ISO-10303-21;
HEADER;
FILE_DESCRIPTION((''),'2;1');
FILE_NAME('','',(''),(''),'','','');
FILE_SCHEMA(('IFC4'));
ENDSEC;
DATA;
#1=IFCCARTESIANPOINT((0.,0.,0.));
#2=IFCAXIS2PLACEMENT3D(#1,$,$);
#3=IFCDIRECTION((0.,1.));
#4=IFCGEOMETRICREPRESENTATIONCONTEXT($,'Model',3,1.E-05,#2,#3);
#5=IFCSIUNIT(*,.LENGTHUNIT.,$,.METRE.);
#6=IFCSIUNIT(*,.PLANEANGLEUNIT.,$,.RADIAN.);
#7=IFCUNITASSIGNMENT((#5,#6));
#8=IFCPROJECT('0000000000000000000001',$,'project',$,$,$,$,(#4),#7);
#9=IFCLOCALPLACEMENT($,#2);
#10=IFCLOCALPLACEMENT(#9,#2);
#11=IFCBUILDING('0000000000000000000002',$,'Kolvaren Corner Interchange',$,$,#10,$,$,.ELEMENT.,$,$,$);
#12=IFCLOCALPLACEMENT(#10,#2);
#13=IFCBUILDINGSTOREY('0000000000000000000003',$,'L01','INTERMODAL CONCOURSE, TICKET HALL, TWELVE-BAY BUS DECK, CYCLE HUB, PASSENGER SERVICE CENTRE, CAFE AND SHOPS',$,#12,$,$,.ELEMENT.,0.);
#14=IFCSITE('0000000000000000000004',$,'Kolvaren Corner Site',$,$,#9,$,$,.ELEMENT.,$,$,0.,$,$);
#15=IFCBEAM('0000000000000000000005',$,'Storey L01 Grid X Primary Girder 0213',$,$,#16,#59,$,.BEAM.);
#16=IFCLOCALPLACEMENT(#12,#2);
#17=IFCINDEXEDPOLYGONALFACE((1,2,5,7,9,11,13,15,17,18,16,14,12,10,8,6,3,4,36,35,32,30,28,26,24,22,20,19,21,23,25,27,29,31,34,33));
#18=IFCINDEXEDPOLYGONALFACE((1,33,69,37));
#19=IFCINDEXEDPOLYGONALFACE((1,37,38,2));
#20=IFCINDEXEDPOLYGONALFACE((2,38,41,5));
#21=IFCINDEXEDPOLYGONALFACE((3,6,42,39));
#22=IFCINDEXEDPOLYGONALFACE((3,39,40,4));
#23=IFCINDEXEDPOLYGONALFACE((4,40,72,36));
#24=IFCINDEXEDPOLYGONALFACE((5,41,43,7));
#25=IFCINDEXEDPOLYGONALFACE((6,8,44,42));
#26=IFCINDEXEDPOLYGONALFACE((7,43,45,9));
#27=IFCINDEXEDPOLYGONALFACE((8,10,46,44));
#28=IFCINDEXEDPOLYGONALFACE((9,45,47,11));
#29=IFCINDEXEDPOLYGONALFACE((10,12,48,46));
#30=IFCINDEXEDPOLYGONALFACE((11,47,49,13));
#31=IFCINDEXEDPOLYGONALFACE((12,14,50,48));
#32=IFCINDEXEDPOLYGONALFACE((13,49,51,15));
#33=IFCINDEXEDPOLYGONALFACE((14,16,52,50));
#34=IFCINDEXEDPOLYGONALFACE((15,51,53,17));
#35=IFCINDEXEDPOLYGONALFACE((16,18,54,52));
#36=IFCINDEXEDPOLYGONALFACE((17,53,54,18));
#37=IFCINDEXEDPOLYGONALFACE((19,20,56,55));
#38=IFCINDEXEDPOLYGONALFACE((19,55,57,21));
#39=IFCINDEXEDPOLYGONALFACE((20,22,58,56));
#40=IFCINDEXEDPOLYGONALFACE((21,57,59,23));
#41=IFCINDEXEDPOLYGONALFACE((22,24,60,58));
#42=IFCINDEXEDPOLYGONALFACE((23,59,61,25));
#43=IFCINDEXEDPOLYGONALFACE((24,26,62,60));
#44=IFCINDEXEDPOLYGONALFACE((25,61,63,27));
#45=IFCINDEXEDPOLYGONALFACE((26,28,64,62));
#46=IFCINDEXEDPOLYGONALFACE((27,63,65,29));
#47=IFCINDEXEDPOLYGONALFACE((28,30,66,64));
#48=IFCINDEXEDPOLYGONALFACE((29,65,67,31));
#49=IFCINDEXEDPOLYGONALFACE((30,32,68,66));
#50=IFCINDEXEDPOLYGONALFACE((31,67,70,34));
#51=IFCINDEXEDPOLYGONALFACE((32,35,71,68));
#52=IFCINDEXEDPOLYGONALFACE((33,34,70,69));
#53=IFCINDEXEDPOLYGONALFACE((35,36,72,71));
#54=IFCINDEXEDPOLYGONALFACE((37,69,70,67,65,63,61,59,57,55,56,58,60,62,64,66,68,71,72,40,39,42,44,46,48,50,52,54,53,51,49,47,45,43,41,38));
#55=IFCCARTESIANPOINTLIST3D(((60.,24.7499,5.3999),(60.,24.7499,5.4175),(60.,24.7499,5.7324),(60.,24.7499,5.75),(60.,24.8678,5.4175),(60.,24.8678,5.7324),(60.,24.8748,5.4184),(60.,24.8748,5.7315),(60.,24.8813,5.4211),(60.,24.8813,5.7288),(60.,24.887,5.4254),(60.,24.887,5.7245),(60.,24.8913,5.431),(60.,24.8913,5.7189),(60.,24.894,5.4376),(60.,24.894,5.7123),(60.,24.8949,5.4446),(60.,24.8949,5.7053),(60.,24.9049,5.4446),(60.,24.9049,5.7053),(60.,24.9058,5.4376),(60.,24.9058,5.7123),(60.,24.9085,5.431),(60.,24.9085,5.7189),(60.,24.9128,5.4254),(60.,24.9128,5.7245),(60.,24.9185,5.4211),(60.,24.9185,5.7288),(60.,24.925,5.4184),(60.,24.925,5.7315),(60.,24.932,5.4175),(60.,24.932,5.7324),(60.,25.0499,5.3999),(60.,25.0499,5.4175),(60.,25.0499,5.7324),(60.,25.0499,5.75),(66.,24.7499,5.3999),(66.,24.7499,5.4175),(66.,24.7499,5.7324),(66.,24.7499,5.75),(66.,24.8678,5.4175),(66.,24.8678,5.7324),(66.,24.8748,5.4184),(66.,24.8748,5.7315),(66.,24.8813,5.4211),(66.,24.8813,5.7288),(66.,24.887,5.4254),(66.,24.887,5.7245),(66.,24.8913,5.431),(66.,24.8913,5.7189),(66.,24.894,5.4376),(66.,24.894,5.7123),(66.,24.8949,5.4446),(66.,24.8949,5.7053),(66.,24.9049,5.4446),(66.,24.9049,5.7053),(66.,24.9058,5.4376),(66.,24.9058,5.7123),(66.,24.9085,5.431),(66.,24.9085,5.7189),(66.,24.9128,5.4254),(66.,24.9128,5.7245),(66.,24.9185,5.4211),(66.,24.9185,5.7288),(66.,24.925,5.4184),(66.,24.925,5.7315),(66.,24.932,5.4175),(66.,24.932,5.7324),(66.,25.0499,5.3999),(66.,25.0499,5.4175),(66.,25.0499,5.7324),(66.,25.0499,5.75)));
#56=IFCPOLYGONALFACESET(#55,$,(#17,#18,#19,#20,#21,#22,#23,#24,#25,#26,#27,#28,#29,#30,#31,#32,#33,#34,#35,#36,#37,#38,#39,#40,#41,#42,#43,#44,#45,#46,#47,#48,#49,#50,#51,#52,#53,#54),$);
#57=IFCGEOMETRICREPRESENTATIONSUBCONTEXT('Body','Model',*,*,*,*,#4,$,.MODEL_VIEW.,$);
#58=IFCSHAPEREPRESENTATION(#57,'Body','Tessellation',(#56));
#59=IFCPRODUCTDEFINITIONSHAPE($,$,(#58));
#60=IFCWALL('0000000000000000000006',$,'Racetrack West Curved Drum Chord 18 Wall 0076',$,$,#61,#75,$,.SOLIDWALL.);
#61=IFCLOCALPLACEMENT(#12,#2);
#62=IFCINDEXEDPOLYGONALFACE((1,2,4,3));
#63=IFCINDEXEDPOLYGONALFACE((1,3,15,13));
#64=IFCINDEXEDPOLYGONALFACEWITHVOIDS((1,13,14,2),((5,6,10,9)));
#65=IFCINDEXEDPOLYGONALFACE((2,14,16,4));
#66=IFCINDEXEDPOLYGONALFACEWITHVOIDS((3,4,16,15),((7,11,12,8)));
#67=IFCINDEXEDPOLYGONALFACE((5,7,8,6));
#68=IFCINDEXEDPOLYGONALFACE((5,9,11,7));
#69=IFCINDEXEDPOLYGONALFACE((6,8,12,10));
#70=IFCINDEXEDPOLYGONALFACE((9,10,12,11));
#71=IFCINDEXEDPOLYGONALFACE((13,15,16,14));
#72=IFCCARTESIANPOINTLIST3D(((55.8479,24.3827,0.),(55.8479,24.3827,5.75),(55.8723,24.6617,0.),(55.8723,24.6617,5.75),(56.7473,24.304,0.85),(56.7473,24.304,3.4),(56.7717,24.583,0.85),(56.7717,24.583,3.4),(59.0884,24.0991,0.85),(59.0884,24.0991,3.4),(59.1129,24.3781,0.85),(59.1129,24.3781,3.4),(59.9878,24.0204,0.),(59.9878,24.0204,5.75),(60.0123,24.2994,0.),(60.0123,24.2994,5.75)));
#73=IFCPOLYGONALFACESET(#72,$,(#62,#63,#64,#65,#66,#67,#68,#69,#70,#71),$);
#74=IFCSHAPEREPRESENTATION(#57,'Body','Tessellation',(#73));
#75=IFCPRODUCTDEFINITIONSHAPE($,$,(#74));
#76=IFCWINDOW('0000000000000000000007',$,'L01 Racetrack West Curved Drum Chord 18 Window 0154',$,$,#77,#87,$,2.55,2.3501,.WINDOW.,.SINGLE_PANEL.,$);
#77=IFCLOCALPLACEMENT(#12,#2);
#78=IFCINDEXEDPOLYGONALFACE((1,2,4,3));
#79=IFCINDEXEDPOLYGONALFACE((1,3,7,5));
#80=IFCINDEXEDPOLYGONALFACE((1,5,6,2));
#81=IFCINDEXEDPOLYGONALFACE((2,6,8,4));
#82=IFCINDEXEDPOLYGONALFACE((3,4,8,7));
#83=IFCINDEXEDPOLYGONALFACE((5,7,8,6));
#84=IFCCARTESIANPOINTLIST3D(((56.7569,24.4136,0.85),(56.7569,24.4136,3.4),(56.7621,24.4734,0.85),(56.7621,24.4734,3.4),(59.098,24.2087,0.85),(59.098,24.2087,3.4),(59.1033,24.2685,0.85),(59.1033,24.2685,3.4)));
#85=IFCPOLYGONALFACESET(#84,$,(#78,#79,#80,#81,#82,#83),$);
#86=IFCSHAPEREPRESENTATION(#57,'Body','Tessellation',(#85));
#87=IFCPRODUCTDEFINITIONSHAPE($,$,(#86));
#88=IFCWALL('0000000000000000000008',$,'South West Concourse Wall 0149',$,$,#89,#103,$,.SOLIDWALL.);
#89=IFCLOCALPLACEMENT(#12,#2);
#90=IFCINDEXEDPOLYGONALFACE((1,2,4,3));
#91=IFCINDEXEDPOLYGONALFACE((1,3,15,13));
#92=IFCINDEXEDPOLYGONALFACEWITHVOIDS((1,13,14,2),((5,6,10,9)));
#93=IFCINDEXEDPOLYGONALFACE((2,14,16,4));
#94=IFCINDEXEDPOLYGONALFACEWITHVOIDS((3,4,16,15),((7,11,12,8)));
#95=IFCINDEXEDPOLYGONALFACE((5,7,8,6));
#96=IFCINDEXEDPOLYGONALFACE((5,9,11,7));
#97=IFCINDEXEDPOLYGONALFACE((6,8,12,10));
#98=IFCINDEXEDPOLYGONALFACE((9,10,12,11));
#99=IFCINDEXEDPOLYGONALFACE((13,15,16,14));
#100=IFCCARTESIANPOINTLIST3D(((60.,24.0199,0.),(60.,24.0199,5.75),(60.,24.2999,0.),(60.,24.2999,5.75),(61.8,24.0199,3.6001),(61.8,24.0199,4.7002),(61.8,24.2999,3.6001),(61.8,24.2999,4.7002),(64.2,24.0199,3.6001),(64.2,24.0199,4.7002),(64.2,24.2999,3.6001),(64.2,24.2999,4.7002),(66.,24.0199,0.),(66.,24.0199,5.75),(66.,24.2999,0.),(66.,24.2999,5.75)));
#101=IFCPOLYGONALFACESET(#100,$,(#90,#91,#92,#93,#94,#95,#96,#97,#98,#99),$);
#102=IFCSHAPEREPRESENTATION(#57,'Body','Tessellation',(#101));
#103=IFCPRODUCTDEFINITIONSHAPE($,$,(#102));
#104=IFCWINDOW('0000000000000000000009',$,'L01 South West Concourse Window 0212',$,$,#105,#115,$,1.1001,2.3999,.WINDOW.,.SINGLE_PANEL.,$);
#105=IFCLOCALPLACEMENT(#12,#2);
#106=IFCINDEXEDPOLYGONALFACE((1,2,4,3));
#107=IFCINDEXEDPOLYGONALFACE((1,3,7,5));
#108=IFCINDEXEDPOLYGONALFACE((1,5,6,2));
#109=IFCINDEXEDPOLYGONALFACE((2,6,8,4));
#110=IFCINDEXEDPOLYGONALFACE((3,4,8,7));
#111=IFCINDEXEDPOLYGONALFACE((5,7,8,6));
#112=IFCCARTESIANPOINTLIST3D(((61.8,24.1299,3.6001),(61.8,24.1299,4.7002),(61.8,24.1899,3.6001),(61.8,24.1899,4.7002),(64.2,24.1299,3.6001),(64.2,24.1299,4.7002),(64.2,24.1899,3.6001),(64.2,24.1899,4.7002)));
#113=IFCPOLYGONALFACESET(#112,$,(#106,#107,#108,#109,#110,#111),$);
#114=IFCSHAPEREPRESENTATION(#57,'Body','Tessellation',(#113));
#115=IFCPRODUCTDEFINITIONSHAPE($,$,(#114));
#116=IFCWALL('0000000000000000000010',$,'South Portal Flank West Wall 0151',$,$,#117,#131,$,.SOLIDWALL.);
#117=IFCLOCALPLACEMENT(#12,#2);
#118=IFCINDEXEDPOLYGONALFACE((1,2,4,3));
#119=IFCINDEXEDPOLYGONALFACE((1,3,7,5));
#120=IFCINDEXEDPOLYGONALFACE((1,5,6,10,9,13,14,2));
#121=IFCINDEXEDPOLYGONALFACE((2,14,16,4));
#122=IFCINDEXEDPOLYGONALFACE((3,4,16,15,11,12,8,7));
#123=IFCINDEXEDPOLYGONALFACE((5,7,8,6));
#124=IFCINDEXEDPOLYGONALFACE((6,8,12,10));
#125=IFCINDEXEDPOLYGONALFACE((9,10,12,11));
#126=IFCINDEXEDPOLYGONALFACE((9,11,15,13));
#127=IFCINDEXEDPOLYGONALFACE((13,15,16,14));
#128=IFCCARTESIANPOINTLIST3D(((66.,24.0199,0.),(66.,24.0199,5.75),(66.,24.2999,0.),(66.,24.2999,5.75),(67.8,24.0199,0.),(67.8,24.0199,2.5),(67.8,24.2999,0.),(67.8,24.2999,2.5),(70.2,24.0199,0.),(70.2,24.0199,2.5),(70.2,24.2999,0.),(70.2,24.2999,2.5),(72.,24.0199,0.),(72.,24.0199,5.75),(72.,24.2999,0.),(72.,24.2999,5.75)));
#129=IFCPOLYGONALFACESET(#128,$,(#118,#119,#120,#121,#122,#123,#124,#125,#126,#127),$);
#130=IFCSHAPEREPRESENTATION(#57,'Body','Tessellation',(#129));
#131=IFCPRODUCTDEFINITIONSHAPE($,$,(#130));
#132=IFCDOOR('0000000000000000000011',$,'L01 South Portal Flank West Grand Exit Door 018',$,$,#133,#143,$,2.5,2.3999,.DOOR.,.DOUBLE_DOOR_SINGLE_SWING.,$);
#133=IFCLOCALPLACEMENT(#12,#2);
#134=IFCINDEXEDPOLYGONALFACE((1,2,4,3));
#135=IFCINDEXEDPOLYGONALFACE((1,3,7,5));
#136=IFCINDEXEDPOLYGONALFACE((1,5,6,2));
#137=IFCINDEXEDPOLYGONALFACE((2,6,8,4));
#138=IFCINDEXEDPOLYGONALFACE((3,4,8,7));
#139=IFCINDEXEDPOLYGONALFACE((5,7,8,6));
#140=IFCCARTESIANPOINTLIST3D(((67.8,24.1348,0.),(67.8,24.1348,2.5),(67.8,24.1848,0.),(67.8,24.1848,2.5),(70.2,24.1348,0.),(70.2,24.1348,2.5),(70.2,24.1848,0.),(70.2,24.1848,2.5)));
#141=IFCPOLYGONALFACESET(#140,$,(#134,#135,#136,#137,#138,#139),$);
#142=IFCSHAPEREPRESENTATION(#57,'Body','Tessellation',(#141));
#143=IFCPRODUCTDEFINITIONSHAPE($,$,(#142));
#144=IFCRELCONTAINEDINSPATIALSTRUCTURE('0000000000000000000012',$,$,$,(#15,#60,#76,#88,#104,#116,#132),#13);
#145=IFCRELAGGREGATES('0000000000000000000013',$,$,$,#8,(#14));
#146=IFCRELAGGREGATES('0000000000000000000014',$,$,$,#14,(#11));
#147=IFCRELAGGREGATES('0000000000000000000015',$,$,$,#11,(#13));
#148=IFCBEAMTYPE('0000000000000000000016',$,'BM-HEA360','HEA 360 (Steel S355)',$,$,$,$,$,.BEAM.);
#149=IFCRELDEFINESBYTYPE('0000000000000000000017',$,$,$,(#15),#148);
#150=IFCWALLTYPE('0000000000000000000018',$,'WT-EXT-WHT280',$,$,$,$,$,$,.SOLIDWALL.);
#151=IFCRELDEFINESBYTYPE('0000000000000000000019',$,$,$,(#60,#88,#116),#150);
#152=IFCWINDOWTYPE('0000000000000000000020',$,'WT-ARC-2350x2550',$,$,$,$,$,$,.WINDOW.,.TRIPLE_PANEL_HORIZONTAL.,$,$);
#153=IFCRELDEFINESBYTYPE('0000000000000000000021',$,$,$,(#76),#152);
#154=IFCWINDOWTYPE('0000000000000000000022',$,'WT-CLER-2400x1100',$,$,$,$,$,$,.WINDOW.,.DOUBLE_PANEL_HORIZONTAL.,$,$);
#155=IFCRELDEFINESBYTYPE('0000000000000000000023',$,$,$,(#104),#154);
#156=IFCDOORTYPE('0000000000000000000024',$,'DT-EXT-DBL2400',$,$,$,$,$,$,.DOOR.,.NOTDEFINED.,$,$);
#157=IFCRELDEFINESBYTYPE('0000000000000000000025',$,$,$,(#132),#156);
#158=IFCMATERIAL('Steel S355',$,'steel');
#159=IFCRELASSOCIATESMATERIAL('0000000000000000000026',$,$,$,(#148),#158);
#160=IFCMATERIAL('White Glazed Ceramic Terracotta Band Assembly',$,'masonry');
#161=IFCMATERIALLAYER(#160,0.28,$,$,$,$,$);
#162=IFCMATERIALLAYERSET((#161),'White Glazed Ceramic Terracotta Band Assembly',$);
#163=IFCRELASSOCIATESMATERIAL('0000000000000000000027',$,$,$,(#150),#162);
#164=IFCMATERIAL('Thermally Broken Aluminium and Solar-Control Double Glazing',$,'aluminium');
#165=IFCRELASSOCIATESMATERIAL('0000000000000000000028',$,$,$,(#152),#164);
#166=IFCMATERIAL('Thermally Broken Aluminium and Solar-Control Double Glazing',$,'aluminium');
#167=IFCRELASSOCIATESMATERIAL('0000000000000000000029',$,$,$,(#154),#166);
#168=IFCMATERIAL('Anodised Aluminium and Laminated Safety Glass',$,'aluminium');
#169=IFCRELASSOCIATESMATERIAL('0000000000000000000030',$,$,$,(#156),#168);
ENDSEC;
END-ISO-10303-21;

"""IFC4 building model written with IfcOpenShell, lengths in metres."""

from ifc_helpers import new_model, si_unit, direction, frame, frame_2d, origin, origin_2d, place, context, subcontext, project, spatial, rectangle, i_section, extrude, material, layer, layer_set, material_profile, profile_set, type_object, element, fill, save


model = new_model("IFC4")

# Units and contexts
model_context = context("Model", 3, precision=1e-05, world=origin(), true_north=direction((0.0, 1.0)))
body_context = subcontext(model_context, "Body", "Model", "MODEL_VIEW")
ifc_project = project(units=[si_unit("LENGTHUNIT", "METRE"), si_unit("PLANEANGLEUNIT", "RADIAN")], contexts=[model_context])

# Site, building, storey
site_placement = place(None, origin())
site = spatial("IfcSite", under=ifc_project, at=site_placement, Name="Kolvaren Corner Site", CompositionType="ELEMENT", RefElevation=0.0)
building_placement = place(site_placement, origin())
building = spatial("IfcBuilding", under=site, at=building_placement, Name="Kolvaren Corner Interchange", CompositionType="ELEMENT")
storey_placement = place(building_placement, origin())
storey = spatial("IfcBuildingStorey", under=building, at=storey_placement, Name="L01", Description="INTERMODAL CONCOURSE, TICKET HALL, TWELVE-BAY BUS DECK, CYCLE HUB, PASSENGER SERVICE CENTRE, CAFE AND SHOPS", CompositionType="ELEMENT", Elevation=0.0)

# Beam
ifc_material_1 = material(Name="Steel S355", Category="steel")
ifc_material_profile_1 = material_profile(ifc_material_1, i_section(OverallWidth=0.3, OverallDepth=0.3501, WebThickness=0.01, FlangeThickness=0.0176, FilletRadius=0.0271, at=origin_2d()), Name="HEA 360")
ifc_profile_set_1 = profile_set([ifc_material_profile_1], Name="Steel S355")
beam_type_1 = type_object("IfcBeamType", Name="BM-HEA360", Description="HEA 360 (Steel S355)", PredefinedType="BEAM", material=ifc_profile_set_1)
for number, where, z_axis, x_axis, name in (
    (1, (60.0, 24.8999, 5.575), (1.0, 0.0, 0.0), (0.0, 1.0, 0.0), "Storey L01 Grid X Primary Girder 0213"),
):
    element("IfcBeam", number, at=place(storey_placement, frame(where, z_axis=z_axis, x_axis=x_axis)), inside=storey, type_object=beam_type_1, Name=name, PredefinedType="BEAM", context=body_context, shape_type="SweptSolid", body=[
        extrude(i_section(OverallWidth=0.3, OverallDepth=0.3501, WebThickness=0.01, FlangeThickness=0.0176, FilletRadius=0.0271, at=origin_2d()), origin(), (0.0, 0.0, 1.0), 6.0),
    ])

# Walls, openings, windows
ifc_material_2 = material(Name="White Glazed Ceramic Terracotta Band Assembly", Category="masonry")
ifc_layer_1 = layer(ifc_material_2, 0.28)
ifc_layer_set_1 = layer_set([ifc_layer_1], Name="White Glazed Ceramic Terracotta Band Assembly")
wall_type = type_object("IfcWallType", Name="WT-EXT-WHT280", PredefinedType="SOLIDWALL", material=ifc_layer_set_1)
wall_1_placement = place(storey_placement, frame((55.8601, 24.5222, 0.0), z_axis=(0.0, 0.0, 1.0), x_axis=(0.996192, -0.087182, 0.0)))
wall_1 = element("IfcWall", 2, at=wall_1_placement, inside=storey, type_object=wall_type, Name="Racetrack West Curved Drum Chord 18 Wall 0076", PredefinedType="SOLIDWALL", context=body_context, shape_type="SweptSolid", body=[
    extrude(rectangle(XDim=4.1558, YDim=0.28, at=frame_2d((2.0779, 0.0))), origin(), (0.0, 0.0, 1.0), 5.75),
])
opening_1_placement = place(wall_1_placement, frame((0.9028, 0.0, 0.8501)))
opening_1 = element("IfcOpeningElement", 3, at=opening_1_placement, cuts=wall_1, PredefinedType="OPENING", context=body_context, shape_type="SweptSolid", body=[
    extrude(rectangle(XDim=2.3501, YDim=2.55, at=frame_2d((1.175, 1.2749))), frame((0.0, 0.1499, 0.0), z_axis=(0.0, -1.0, 0.0), x_axis=(1.0, 0.0, 0.0)), (0.0, 0.0, 1.0), 0.3),
])
ifc_material_3 = material(Name="Thermally Broken Aluminium and Solar-Control Double Glazing", Category="aluminium")
window_type_1 = type_object("IfcWindowType", Name="WT-ARC-2350x2550", PartitioningType="TRIPLE_PANEL_HORIZONTAL", PredefinedType="WINDOW", material=ifc_material_3)
window_1_placement = place(opening_1_placement, origin())
window_1 = element("IfcWindow", 4, at=window_1_placement, inside=storey, type_object=window_type_1, Name="L01 Racetrack West Curved Drum Chord 18 Window 0154", OverallHeight=2.55, OverallWidth=2.3501, PartitioningType="SINGLE_PANEL", PredefinedType="WINDOW", context=body_context, shape_type="SweptSolid", body=[
    extrude(rectangle(XDim=2.3501, YDim=2.55, at=frame_2d((1.175, 1.2749))), frame((0.0, 0.03, 0.0), z_axis=(0.0, -1.0, 0.0), x_axis=(1.0, 0.0, 0.0)), (0.0, 0.0, 1.0), 0.0601),
])
fill(opening_1, window_1)
wall_2_placement = place(storey_placement, frame((60.0, 24.1599, 0.0), z_axis=(0.0, 0.0, 1.0), x_axis=(1.0, 0.0, 0.0)))
wall_2 = element("IfcWall", 5, at=wall_2_placement, inside=storey, type_object=wall_type, Name="South West Concourse Wall 0149", PredefinedType="SOLIDWALL", context=body_context, shape_type="SweptSolid", body=[
    extrude(rectangle(XDim=6.0, YDim=0.28, at=frame_2d((3.0, 0.0))), origin(), (0.0, 0.0, 1.0), 5.75),
])
opening_2_placement = place(wall_2_placement, frame((1.8, 0.0, 3.6001)))
opening_2 = element("IfcOpeningElement", 6, at=opening_2_placement, cuts=wall_2, PredefinedType="OPENING", context=body_context, shape_type="SweptSolid", body=[
    extrude(rectangle(XDim=2.3999, YDim=1.1001, at=frame_2d((1.2, 0.55))), frame((0.0, 0.1499, 0.0), z_axis=(0.0, -1.0, 0.0), x_axis=(1.0, 0.0, 0.0)), (0.0, 0.0, 1.0), 0.3),
])
ifc_material_4 = material(Name="Thermally Broken Aluminium and Solar-Control Double Glazing", Category="aluminium")
window_type_2 = type_object("IfcWindowType", Name="WT-CLER-2400x1100", PartitioningType="DOUBLE_PANEL_HORIZONTAL", PredefinedType="WINDOW", material=ifc_material_4)
window_2_placement = place(opening_2_placement, origin())
window_2 = element("IfcWindow", 7, at=window_2_placement, inside=storey, type_object=window_type_2, Name="L01 South West Concourse Window 0212", OverallHeight=1.1001, OverallWidth=2.3999, PartitioningType="SINGLE_PANEL", PredefinedType="WINDOW", context=body_context, shape_type="SweptSolid", body=[
    extrude(rectangle(XDim=2.3999, YDim=1.1001, at=frame_2d((1.2, 0.55))), frame((0.0, 0.03, 0.0), z_axis=(0.0, -1.0, 0.0), x_axis=(1.0, 0.0, 0.0)), (0.0, 0.0, 1.0), 0.0601),
])
fill(opening_2, window_2)

# Wall, opening, door
wall_3_placement = place(storey_placement, frame((66.0, 24.1599, 0.0), z_axis=(0.0, 0.0, 1.0), x_axis=(1.0, 0.0, 0.0)))
wall_3 = element("IfcWall", 8, at=wall_3_placement, inside=storey, type_object=wall_type, Name="South Portal Flank West Wall 0151", PredefinedType="SOLIDWALL", context=body_context, shape_type="SweptSolid", body=[
    extrude(rectangle(XDim=6.0, YDim=0.28, at=frame_2d((3.0, 0.0))), origin(), (0.0, 0.0, 1.0), 5.75),
])
opening_3_placement = place(wall_3_placement, frame((1.8, 0.0, 0.0)))
opening_3 = element("IfcOpeningElement", 9, at=opening_3_placement, cuts=wall_3, PredefinedType="OPENING", context=body_context, shape_type="SweptSolid", body=[
    extrude(rectangle(XDim=2.3999, YDim=2.5, at=frame_2d((1.2, 1.25))), frame((0.0, 0.1499, 0.0), z_axis=(0.0, -1.0, 0.0), x_axis=(1.0, 0.0, 0.0)), (0.0, 0.0, 1.0), 0.3),
])
ifc_material_5 = material(Name="Anodised Aluminium and Laminated Safety Glass", Category="aluminium")
door_type = type_object("IfcDoorType", Name="DT-EXT-DBL2400", OperationType="NOTDEFINED", PredefinedType="DOOR", material=ifc_material_5)
door_placement = place(opening_3_placement, origin())
door = element("IfcDoor", 10, at=door_placement, inside=storey, type_object=door_type, Name="L01 South Portal Flank West Grand Exit Door 018", OperationType="DOUBLE_DOOR_SINGLE_SWING", OverallHeight=2.5, OverallWidth=2.3999, PredefinedType="DOOR", context=body_context, shape_type="SweptSolid", body=[
    extrude(rectangle(XDim=2.3999, YDim=2.5, at=frame_2d((1.2, 1.25))), frame((0.0, 0.0249, 0.0), z_axis=(0.0, -1.0, 0.0), x_axis=(1.0, 0.0, 0.0)), (0.0, 0.0, 1.0), 0.05),
])
fill(opening_3, door)

save(model, "model.ifc")
